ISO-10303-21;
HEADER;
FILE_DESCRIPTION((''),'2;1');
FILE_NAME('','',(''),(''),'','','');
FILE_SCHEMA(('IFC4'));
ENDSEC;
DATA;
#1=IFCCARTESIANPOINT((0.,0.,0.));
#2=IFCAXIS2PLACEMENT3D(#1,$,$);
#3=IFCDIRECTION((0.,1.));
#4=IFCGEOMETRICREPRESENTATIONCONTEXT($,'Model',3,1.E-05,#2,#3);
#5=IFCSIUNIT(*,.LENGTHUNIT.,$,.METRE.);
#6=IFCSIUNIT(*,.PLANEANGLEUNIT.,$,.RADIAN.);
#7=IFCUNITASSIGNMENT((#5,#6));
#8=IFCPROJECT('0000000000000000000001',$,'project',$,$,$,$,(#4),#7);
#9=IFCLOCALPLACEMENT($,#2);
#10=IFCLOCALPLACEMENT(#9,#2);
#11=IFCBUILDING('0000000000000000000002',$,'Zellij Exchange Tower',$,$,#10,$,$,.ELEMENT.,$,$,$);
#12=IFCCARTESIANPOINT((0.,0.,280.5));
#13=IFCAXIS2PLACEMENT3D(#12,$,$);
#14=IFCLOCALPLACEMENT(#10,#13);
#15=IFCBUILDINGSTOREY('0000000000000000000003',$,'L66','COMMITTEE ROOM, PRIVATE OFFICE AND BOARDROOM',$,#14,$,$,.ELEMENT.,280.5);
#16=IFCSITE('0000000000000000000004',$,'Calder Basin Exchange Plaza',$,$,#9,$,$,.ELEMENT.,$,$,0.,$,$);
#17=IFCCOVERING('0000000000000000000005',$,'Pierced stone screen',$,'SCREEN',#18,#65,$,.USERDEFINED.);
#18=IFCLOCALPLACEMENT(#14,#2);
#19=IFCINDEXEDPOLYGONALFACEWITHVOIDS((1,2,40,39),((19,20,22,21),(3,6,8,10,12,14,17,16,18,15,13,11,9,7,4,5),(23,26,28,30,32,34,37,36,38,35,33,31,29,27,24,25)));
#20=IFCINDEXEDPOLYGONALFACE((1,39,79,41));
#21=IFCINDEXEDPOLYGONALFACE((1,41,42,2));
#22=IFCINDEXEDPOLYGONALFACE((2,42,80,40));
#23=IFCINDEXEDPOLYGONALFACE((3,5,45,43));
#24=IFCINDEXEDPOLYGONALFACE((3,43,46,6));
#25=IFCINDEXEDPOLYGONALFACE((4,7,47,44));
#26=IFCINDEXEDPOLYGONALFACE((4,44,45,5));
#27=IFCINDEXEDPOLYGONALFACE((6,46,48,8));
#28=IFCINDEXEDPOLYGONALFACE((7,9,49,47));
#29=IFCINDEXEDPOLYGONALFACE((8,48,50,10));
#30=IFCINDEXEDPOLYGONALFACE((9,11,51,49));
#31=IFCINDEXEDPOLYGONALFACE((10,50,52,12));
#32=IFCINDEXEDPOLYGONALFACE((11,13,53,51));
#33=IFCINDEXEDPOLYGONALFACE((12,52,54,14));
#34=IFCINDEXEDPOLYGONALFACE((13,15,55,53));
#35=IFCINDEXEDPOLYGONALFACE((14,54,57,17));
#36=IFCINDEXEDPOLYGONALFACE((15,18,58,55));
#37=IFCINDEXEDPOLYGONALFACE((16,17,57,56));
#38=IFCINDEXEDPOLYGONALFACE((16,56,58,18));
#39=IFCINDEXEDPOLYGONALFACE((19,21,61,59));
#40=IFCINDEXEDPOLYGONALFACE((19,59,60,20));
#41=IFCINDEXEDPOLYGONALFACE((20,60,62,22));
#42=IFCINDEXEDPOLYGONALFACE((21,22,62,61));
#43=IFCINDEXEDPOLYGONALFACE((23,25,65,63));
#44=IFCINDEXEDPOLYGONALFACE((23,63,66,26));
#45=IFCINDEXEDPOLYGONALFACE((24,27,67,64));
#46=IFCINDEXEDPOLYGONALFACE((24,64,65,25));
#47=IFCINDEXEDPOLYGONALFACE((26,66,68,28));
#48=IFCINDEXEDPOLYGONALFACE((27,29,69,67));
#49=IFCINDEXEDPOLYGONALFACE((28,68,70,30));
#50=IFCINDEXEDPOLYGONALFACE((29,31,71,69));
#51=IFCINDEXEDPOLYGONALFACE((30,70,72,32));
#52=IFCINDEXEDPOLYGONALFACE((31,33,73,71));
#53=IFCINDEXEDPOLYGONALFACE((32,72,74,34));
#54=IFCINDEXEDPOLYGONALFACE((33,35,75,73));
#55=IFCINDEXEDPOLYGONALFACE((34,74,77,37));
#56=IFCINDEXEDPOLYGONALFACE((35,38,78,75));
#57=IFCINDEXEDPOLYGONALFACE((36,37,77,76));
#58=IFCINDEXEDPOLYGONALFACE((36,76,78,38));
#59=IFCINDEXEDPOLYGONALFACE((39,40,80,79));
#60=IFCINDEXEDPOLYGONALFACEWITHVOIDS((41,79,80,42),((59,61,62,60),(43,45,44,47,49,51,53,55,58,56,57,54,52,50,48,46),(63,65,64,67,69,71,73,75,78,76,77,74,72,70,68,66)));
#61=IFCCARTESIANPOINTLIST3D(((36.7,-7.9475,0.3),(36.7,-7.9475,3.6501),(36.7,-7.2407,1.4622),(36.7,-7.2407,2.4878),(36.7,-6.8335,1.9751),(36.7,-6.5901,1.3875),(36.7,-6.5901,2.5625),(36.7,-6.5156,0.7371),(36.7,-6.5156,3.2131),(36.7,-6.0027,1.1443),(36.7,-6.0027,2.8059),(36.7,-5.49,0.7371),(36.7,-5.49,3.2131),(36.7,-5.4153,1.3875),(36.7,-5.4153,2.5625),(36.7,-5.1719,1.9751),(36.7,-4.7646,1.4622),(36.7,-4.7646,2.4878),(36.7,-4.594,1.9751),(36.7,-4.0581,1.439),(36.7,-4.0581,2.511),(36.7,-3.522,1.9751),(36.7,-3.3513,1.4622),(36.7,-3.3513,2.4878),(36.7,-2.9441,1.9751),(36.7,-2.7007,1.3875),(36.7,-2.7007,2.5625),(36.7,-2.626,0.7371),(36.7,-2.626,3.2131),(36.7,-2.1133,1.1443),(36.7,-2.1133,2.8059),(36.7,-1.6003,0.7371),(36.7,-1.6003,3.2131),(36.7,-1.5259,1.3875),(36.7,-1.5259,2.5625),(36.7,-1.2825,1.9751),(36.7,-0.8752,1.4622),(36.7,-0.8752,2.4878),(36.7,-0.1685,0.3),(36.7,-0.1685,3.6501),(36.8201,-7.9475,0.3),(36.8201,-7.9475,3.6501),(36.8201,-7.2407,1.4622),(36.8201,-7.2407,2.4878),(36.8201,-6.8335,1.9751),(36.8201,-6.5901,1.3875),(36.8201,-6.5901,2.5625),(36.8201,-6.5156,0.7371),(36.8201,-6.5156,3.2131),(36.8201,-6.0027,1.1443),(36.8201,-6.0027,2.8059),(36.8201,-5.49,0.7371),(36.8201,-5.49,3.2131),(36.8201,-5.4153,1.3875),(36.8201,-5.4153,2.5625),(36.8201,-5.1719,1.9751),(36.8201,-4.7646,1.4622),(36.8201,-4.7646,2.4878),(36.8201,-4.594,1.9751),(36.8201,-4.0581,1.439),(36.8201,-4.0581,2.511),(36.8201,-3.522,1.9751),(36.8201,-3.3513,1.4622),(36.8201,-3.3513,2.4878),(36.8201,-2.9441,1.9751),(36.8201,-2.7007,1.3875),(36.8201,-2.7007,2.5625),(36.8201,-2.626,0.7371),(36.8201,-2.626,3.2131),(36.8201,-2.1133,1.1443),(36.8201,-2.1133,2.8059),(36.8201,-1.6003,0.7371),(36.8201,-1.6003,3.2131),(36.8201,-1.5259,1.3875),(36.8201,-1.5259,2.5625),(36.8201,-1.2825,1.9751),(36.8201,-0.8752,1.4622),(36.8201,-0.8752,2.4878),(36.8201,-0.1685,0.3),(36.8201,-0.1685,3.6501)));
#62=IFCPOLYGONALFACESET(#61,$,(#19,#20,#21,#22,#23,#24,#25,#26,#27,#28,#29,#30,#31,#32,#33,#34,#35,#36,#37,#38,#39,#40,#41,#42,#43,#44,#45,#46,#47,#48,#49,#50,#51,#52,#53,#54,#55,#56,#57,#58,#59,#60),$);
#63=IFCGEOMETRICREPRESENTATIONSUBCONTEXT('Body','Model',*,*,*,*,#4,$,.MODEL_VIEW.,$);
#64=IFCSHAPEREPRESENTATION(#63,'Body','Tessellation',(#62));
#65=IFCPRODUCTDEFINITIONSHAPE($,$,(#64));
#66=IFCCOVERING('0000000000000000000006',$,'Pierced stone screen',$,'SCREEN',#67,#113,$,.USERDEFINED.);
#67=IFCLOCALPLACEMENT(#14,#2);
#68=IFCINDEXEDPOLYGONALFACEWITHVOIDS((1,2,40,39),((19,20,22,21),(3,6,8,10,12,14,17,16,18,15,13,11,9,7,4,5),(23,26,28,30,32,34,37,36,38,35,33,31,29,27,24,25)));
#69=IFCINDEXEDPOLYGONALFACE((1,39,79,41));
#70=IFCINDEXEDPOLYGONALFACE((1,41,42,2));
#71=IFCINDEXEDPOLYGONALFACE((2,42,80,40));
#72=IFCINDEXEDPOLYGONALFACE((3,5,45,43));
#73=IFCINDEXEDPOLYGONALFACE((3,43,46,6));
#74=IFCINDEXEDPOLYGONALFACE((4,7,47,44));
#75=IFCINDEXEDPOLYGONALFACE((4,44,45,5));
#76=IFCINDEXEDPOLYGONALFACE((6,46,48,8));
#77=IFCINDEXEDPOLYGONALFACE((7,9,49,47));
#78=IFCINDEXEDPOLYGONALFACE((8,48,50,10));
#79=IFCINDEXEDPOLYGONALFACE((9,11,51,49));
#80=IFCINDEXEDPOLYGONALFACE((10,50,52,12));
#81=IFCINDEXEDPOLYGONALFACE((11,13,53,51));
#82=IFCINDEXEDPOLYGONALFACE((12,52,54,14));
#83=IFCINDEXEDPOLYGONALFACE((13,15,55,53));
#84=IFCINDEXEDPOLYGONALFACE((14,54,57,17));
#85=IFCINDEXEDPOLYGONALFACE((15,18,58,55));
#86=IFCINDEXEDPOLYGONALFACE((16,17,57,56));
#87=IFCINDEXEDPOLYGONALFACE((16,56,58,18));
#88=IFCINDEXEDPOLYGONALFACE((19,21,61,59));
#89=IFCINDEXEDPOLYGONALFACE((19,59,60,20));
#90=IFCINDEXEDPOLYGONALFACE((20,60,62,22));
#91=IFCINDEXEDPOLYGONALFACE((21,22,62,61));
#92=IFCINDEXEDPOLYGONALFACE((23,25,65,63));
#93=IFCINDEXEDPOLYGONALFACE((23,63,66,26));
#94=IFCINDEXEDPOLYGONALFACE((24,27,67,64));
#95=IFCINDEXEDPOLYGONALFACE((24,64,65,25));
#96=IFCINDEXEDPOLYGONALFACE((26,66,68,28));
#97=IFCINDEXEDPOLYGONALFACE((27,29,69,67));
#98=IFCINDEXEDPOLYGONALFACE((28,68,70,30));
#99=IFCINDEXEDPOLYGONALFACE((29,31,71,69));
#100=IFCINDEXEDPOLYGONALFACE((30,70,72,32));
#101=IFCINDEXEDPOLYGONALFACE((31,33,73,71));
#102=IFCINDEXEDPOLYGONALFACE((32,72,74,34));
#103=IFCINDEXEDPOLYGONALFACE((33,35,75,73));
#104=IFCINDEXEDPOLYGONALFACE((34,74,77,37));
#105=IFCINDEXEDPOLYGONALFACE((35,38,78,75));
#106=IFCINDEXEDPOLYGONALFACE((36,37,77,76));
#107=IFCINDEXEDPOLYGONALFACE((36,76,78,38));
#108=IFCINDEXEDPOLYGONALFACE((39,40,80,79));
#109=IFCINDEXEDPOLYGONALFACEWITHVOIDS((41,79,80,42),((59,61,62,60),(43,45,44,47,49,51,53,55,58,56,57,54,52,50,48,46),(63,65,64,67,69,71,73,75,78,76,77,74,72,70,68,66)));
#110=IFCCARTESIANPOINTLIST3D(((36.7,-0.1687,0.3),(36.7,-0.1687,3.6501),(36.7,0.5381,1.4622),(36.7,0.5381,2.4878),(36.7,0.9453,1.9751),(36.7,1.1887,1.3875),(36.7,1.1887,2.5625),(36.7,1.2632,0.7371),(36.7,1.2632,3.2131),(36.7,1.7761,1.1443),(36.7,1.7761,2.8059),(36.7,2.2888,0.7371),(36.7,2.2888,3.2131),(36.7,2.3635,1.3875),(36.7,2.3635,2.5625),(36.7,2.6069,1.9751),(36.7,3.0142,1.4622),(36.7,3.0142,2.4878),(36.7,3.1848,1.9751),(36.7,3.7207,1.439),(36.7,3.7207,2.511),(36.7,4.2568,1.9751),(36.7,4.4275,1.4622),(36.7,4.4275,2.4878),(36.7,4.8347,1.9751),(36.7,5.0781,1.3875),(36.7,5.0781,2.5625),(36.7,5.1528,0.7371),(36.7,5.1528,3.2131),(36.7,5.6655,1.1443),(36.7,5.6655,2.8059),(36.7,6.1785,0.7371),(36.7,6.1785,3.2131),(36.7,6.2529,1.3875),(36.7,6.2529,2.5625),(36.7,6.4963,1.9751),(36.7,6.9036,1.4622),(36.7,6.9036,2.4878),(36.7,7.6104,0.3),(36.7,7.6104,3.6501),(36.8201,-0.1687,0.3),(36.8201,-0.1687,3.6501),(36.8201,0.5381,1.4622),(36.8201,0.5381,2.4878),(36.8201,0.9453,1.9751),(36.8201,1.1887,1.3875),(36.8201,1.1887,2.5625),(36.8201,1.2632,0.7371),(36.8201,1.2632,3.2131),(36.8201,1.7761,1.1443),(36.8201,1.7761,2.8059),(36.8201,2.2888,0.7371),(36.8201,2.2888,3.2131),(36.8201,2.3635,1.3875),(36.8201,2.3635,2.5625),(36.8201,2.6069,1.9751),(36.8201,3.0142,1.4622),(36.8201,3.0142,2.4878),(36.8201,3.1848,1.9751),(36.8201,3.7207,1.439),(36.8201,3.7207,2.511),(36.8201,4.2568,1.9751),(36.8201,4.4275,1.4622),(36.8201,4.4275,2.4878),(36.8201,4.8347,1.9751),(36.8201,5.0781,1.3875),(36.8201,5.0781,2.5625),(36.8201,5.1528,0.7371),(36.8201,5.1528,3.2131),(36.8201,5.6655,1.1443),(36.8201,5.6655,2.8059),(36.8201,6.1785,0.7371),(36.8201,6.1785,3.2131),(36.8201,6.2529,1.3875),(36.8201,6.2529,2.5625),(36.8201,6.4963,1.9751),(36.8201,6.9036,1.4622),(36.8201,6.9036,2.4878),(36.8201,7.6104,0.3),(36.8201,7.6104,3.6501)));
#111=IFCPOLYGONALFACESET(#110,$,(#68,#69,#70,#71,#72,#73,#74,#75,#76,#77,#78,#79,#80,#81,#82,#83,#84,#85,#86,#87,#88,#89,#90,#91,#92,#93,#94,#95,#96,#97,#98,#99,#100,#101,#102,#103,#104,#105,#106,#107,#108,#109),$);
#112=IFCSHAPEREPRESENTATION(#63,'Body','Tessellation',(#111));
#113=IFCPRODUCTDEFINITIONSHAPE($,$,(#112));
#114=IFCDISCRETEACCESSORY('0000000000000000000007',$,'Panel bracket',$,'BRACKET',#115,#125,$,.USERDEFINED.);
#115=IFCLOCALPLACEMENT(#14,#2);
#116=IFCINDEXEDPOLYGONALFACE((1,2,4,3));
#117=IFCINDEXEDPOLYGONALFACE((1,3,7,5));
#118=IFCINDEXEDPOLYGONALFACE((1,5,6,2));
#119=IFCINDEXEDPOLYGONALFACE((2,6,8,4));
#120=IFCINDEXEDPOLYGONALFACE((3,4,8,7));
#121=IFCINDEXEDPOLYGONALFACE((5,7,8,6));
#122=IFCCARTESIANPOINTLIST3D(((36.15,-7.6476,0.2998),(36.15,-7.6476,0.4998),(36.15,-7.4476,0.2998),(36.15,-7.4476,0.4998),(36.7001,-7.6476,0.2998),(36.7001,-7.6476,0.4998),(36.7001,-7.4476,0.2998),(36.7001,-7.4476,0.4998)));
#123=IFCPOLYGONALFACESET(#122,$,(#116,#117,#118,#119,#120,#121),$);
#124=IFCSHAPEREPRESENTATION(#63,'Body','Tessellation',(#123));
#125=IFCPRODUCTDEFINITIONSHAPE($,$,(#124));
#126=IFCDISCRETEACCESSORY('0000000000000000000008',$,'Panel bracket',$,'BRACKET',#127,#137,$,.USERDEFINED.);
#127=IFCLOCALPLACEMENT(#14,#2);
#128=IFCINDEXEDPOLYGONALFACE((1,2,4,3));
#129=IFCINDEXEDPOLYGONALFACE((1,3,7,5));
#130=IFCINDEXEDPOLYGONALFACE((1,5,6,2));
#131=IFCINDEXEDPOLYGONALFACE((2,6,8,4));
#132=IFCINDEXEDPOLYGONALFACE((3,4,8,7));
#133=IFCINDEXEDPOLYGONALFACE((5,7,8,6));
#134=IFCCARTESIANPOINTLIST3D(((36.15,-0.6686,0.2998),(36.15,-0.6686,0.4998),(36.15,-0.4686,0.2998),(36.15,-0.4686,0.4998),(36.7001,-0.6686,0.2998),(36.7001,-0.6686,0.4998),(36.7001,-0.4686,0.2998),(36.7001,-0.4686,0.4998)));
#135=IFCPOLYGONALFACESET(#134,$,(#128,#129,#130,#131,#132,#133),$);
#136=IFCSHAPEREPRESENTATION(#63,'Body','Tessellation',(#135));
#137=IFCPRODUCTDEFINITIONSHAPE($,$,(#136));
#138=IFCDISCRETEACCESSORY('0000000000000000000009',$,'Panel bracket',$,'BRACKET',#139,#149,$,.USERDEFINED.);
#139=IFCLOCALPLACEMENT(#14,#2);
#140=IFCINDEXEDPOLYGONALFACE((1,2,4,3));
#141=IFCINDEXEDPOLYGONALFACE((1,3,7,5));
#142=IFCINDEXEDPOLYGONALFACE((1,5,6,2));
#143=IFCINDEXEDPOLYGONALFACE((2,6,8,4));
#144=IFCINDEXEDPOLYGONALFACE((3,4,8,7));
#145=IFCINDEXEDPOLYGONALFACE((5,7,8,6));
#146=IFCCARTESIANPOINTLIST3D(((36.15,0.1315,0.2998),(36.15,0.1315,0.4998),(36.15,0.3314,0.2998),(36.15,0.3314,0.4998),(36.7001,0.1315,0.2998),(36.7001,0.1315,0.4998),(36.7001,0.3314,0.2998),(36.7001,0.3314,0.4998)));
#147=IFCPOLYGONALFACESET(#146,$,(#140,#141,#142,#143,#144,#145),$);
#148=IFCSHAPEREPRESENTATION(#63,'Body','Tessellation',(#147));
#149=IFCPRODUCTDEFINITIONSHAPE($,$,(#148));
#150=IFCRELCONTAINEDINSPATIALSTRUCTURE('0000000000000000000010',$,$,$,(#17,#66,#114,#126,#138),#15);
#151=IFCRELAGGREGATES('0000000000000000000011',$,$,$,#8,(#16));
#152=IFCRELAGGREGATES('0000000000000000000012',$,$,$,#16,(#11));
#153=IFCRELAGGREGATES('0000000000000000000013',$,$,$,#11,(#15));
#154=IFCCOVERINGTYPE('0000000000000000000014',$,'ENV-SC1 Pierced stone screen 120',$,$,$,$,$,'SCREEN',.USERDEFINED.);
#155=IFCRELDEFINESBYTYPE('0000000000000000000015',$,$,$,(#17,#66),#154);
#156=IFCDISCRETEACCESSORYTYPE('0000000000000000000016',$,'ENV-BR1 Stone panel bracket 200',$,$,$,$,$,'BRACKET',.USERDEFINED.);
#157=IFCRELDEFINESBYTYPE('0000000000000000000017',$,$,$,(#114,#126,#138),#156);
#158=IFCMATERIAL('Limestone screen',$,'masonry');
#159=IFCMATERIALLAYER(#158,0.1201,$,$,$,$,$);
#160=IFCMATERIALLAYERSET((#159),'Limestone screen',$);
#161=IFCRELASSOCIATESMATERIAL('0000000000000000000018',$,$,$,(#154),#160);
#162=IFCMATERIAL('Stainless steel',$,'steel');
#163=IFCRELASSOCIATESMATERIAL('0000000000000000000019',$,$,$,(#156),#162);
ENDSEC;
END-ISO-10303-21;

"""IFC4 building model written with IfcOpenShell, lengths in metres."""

from ifc_helpers import new_model, si_unit, direction, frame, origin, origin_2d, place, context, subcontext, project, spatial, polyline, rectangle, outline, extrude, material, layer, layer_set, type_object, element, save


model = new_model("IFC4")

# Units and contexts
model_context = context("Model", 3, precision=1e-05, world=origin(), true_north=direction((0.0, 1.0)))
body_context = subcontext(model_context, "Body", "Model", "MODEL_VIEW")
ifc_project = project(units=[si_unit("LENGTHUNIT", "METRE"), si_unit("PLANEANGLEUNIT", "RADIAN")], contexts=[model_context])

# Site, building, storey
site_placement = place(None, origin())
site = spatial("IfcSite", under=ifc_project, at=site_placement, Name="Calder Basin Exchange Plaza", CompositionType="ELEMENT", RefElevation=0.0)
building_placement = place(site_placement, origin())
building = spatial("IfcBuilding", under=site, at=building_placement, Name="Zellij Exchange Tower", CompositionType="ELEMENT")
storey_placement = place(building_placement, frame((0.0, 0.0, 280.5)))
storey = spatial("IfcBuildingStorey", under=building, at=storey_placement, Name="L66", Description="COMMITTEE ROOM, PRIVATE OFFICE AND BOARDROOM", CompositionType="ELEMENT", Elevation=280.5)

# Coverings
ifc_material_1 = material(Name="Limestone screen", Category="masonry")
ifc_layer_1 = layer(ifc_material_1, 0.1201)
ifc_layer_set_1 = layer_set([ifc_layer_1], Name="Limestone screen")
covering_type_1 = type_object("IfcCoveringType", Name="ENV-SC1 Pierced stone screen 120", ElementType="SCREEN", PredefinedType="USERDEFINED", material=ifc_layer_set_1)
for number, where, z_axis, x_axis, name in (
    (1, (36.76, -7.9475, 0.3), (0.0, 0.0, 1.0), (0.0, 1.0, 0.0), "Pierced stone screen"),
    (2, (36.76, -0.1687, 0.3), (0.0, 0.0, 1.0), (0.0, 1.0, 0.0), "Pierced stone screen"),
):
    element("IfcCovering", number, at=place(storey_placement, frame(where, z_axis=z_axis, x_axis=x_axis)), inside=storey, type_object=covering_type_1, Name=name, ObjectType="SCREEN", PredefinedType="USERDEFINED", context=body_context, shape_type="SweptSolid", body=[
        extrude(outline(polyline([(0.0, 0.0), (7.7791, 0.0), (7.7791, 3.3501), (0.0, 3.3501), (0.0, 0.0)]), holes=[polyline([(3.1829, 2.1877), (2.5322, 2.2625), (2.4575, 2.9131), (1.9448, 2.5059), (1.4319, 2.9131), (1.3574, 2.2625), (0.7068, 2.1877), (1.114, 1.675), (0.7068, 1.1621), (1.3574, 1.0874), (1.4319, 0.437), (1.9448, 0.8442), (2.4575, 0.437), (2.5322, 1.0874), (3.1829, 1.1621), (2.7756, 1.675), (3.1829, 2.1877)]), polyline([(7.0723, 2.1877), (6.4216, 2.2625), (6.3472, 2.9131), (5.8342, 2.5059), (5.3215, 2.9131), (5.2468, 2.2625), (4.5962, 2.1877), (5.0034, 1.675), (4.5962, 1.1621), (5.2468, 1.0874), (5.3215, 0.437), (5.8342, 0.8442), (6.3472, 0.437), (6.4216, 1.0874), (7.0723, 1.1621), (6.665, 1.675), (7.0723, 2.1877)]), polyline([(4.4255, 1.675), (3.8894, 2.2109), (3.3535, 1.675), (3.8894, 1.1389), (4.4255, 1.675)])]), frame((0.0, 0.0601, 0.0), z_axis=(0.0, -1.0, 0.0), x_axis=(1.0, 0.0, 0.0)), (0.0, 0.0, 1.0), 0.1201),
    ])

# Discrete accessories
ifc_material_2 = material(Name="Stainless steel", Category="steel")
discrete_accessory_type = type_object("IfcDiscreteAccessoryType", Name="ENV-BR1 Stone panel bracket 200", ElementType="BRACKET", PredefinedType="USERDEFINED", material=ifc_material_2)
for number, where, z_axis, x_axis, name in (
    (3, (36.425, -7.5476, 0.2998), (0.0, 0.0, 1.0), (0.0, 1.0, 0.0), "Panel bracket"),
    (4, (36.425, -0.5686, 0.2998), (0.0, 0.0, 1.0), (0.0, 1.0, 0.0), "Panel bracket"),
    (5, (36.425, 0.2314, 0.2998), (0.0, 0.0, 1.0), (0.0, 1.0, 0.0), "Panel bracket"),
):
    element("IfcDiscreteAccessory", number, at=place(storey_placement, frame(where, z_axis=z_axis, x_axis=x_axis)), inside=storey, type_object=discrete_accessory_type, Name=name, ObjectType="BRACKET", PredefinedType="USERDEFINED", context=body_context, shape_type="SweptSolid", body=[
        extrude(rectangle(XDim=0.2, YDim=0.55, at=origin_2d()), origin(), (0.0, 0.0, 1.0), 0.2),
    ])

save(model, "model.ifc")
